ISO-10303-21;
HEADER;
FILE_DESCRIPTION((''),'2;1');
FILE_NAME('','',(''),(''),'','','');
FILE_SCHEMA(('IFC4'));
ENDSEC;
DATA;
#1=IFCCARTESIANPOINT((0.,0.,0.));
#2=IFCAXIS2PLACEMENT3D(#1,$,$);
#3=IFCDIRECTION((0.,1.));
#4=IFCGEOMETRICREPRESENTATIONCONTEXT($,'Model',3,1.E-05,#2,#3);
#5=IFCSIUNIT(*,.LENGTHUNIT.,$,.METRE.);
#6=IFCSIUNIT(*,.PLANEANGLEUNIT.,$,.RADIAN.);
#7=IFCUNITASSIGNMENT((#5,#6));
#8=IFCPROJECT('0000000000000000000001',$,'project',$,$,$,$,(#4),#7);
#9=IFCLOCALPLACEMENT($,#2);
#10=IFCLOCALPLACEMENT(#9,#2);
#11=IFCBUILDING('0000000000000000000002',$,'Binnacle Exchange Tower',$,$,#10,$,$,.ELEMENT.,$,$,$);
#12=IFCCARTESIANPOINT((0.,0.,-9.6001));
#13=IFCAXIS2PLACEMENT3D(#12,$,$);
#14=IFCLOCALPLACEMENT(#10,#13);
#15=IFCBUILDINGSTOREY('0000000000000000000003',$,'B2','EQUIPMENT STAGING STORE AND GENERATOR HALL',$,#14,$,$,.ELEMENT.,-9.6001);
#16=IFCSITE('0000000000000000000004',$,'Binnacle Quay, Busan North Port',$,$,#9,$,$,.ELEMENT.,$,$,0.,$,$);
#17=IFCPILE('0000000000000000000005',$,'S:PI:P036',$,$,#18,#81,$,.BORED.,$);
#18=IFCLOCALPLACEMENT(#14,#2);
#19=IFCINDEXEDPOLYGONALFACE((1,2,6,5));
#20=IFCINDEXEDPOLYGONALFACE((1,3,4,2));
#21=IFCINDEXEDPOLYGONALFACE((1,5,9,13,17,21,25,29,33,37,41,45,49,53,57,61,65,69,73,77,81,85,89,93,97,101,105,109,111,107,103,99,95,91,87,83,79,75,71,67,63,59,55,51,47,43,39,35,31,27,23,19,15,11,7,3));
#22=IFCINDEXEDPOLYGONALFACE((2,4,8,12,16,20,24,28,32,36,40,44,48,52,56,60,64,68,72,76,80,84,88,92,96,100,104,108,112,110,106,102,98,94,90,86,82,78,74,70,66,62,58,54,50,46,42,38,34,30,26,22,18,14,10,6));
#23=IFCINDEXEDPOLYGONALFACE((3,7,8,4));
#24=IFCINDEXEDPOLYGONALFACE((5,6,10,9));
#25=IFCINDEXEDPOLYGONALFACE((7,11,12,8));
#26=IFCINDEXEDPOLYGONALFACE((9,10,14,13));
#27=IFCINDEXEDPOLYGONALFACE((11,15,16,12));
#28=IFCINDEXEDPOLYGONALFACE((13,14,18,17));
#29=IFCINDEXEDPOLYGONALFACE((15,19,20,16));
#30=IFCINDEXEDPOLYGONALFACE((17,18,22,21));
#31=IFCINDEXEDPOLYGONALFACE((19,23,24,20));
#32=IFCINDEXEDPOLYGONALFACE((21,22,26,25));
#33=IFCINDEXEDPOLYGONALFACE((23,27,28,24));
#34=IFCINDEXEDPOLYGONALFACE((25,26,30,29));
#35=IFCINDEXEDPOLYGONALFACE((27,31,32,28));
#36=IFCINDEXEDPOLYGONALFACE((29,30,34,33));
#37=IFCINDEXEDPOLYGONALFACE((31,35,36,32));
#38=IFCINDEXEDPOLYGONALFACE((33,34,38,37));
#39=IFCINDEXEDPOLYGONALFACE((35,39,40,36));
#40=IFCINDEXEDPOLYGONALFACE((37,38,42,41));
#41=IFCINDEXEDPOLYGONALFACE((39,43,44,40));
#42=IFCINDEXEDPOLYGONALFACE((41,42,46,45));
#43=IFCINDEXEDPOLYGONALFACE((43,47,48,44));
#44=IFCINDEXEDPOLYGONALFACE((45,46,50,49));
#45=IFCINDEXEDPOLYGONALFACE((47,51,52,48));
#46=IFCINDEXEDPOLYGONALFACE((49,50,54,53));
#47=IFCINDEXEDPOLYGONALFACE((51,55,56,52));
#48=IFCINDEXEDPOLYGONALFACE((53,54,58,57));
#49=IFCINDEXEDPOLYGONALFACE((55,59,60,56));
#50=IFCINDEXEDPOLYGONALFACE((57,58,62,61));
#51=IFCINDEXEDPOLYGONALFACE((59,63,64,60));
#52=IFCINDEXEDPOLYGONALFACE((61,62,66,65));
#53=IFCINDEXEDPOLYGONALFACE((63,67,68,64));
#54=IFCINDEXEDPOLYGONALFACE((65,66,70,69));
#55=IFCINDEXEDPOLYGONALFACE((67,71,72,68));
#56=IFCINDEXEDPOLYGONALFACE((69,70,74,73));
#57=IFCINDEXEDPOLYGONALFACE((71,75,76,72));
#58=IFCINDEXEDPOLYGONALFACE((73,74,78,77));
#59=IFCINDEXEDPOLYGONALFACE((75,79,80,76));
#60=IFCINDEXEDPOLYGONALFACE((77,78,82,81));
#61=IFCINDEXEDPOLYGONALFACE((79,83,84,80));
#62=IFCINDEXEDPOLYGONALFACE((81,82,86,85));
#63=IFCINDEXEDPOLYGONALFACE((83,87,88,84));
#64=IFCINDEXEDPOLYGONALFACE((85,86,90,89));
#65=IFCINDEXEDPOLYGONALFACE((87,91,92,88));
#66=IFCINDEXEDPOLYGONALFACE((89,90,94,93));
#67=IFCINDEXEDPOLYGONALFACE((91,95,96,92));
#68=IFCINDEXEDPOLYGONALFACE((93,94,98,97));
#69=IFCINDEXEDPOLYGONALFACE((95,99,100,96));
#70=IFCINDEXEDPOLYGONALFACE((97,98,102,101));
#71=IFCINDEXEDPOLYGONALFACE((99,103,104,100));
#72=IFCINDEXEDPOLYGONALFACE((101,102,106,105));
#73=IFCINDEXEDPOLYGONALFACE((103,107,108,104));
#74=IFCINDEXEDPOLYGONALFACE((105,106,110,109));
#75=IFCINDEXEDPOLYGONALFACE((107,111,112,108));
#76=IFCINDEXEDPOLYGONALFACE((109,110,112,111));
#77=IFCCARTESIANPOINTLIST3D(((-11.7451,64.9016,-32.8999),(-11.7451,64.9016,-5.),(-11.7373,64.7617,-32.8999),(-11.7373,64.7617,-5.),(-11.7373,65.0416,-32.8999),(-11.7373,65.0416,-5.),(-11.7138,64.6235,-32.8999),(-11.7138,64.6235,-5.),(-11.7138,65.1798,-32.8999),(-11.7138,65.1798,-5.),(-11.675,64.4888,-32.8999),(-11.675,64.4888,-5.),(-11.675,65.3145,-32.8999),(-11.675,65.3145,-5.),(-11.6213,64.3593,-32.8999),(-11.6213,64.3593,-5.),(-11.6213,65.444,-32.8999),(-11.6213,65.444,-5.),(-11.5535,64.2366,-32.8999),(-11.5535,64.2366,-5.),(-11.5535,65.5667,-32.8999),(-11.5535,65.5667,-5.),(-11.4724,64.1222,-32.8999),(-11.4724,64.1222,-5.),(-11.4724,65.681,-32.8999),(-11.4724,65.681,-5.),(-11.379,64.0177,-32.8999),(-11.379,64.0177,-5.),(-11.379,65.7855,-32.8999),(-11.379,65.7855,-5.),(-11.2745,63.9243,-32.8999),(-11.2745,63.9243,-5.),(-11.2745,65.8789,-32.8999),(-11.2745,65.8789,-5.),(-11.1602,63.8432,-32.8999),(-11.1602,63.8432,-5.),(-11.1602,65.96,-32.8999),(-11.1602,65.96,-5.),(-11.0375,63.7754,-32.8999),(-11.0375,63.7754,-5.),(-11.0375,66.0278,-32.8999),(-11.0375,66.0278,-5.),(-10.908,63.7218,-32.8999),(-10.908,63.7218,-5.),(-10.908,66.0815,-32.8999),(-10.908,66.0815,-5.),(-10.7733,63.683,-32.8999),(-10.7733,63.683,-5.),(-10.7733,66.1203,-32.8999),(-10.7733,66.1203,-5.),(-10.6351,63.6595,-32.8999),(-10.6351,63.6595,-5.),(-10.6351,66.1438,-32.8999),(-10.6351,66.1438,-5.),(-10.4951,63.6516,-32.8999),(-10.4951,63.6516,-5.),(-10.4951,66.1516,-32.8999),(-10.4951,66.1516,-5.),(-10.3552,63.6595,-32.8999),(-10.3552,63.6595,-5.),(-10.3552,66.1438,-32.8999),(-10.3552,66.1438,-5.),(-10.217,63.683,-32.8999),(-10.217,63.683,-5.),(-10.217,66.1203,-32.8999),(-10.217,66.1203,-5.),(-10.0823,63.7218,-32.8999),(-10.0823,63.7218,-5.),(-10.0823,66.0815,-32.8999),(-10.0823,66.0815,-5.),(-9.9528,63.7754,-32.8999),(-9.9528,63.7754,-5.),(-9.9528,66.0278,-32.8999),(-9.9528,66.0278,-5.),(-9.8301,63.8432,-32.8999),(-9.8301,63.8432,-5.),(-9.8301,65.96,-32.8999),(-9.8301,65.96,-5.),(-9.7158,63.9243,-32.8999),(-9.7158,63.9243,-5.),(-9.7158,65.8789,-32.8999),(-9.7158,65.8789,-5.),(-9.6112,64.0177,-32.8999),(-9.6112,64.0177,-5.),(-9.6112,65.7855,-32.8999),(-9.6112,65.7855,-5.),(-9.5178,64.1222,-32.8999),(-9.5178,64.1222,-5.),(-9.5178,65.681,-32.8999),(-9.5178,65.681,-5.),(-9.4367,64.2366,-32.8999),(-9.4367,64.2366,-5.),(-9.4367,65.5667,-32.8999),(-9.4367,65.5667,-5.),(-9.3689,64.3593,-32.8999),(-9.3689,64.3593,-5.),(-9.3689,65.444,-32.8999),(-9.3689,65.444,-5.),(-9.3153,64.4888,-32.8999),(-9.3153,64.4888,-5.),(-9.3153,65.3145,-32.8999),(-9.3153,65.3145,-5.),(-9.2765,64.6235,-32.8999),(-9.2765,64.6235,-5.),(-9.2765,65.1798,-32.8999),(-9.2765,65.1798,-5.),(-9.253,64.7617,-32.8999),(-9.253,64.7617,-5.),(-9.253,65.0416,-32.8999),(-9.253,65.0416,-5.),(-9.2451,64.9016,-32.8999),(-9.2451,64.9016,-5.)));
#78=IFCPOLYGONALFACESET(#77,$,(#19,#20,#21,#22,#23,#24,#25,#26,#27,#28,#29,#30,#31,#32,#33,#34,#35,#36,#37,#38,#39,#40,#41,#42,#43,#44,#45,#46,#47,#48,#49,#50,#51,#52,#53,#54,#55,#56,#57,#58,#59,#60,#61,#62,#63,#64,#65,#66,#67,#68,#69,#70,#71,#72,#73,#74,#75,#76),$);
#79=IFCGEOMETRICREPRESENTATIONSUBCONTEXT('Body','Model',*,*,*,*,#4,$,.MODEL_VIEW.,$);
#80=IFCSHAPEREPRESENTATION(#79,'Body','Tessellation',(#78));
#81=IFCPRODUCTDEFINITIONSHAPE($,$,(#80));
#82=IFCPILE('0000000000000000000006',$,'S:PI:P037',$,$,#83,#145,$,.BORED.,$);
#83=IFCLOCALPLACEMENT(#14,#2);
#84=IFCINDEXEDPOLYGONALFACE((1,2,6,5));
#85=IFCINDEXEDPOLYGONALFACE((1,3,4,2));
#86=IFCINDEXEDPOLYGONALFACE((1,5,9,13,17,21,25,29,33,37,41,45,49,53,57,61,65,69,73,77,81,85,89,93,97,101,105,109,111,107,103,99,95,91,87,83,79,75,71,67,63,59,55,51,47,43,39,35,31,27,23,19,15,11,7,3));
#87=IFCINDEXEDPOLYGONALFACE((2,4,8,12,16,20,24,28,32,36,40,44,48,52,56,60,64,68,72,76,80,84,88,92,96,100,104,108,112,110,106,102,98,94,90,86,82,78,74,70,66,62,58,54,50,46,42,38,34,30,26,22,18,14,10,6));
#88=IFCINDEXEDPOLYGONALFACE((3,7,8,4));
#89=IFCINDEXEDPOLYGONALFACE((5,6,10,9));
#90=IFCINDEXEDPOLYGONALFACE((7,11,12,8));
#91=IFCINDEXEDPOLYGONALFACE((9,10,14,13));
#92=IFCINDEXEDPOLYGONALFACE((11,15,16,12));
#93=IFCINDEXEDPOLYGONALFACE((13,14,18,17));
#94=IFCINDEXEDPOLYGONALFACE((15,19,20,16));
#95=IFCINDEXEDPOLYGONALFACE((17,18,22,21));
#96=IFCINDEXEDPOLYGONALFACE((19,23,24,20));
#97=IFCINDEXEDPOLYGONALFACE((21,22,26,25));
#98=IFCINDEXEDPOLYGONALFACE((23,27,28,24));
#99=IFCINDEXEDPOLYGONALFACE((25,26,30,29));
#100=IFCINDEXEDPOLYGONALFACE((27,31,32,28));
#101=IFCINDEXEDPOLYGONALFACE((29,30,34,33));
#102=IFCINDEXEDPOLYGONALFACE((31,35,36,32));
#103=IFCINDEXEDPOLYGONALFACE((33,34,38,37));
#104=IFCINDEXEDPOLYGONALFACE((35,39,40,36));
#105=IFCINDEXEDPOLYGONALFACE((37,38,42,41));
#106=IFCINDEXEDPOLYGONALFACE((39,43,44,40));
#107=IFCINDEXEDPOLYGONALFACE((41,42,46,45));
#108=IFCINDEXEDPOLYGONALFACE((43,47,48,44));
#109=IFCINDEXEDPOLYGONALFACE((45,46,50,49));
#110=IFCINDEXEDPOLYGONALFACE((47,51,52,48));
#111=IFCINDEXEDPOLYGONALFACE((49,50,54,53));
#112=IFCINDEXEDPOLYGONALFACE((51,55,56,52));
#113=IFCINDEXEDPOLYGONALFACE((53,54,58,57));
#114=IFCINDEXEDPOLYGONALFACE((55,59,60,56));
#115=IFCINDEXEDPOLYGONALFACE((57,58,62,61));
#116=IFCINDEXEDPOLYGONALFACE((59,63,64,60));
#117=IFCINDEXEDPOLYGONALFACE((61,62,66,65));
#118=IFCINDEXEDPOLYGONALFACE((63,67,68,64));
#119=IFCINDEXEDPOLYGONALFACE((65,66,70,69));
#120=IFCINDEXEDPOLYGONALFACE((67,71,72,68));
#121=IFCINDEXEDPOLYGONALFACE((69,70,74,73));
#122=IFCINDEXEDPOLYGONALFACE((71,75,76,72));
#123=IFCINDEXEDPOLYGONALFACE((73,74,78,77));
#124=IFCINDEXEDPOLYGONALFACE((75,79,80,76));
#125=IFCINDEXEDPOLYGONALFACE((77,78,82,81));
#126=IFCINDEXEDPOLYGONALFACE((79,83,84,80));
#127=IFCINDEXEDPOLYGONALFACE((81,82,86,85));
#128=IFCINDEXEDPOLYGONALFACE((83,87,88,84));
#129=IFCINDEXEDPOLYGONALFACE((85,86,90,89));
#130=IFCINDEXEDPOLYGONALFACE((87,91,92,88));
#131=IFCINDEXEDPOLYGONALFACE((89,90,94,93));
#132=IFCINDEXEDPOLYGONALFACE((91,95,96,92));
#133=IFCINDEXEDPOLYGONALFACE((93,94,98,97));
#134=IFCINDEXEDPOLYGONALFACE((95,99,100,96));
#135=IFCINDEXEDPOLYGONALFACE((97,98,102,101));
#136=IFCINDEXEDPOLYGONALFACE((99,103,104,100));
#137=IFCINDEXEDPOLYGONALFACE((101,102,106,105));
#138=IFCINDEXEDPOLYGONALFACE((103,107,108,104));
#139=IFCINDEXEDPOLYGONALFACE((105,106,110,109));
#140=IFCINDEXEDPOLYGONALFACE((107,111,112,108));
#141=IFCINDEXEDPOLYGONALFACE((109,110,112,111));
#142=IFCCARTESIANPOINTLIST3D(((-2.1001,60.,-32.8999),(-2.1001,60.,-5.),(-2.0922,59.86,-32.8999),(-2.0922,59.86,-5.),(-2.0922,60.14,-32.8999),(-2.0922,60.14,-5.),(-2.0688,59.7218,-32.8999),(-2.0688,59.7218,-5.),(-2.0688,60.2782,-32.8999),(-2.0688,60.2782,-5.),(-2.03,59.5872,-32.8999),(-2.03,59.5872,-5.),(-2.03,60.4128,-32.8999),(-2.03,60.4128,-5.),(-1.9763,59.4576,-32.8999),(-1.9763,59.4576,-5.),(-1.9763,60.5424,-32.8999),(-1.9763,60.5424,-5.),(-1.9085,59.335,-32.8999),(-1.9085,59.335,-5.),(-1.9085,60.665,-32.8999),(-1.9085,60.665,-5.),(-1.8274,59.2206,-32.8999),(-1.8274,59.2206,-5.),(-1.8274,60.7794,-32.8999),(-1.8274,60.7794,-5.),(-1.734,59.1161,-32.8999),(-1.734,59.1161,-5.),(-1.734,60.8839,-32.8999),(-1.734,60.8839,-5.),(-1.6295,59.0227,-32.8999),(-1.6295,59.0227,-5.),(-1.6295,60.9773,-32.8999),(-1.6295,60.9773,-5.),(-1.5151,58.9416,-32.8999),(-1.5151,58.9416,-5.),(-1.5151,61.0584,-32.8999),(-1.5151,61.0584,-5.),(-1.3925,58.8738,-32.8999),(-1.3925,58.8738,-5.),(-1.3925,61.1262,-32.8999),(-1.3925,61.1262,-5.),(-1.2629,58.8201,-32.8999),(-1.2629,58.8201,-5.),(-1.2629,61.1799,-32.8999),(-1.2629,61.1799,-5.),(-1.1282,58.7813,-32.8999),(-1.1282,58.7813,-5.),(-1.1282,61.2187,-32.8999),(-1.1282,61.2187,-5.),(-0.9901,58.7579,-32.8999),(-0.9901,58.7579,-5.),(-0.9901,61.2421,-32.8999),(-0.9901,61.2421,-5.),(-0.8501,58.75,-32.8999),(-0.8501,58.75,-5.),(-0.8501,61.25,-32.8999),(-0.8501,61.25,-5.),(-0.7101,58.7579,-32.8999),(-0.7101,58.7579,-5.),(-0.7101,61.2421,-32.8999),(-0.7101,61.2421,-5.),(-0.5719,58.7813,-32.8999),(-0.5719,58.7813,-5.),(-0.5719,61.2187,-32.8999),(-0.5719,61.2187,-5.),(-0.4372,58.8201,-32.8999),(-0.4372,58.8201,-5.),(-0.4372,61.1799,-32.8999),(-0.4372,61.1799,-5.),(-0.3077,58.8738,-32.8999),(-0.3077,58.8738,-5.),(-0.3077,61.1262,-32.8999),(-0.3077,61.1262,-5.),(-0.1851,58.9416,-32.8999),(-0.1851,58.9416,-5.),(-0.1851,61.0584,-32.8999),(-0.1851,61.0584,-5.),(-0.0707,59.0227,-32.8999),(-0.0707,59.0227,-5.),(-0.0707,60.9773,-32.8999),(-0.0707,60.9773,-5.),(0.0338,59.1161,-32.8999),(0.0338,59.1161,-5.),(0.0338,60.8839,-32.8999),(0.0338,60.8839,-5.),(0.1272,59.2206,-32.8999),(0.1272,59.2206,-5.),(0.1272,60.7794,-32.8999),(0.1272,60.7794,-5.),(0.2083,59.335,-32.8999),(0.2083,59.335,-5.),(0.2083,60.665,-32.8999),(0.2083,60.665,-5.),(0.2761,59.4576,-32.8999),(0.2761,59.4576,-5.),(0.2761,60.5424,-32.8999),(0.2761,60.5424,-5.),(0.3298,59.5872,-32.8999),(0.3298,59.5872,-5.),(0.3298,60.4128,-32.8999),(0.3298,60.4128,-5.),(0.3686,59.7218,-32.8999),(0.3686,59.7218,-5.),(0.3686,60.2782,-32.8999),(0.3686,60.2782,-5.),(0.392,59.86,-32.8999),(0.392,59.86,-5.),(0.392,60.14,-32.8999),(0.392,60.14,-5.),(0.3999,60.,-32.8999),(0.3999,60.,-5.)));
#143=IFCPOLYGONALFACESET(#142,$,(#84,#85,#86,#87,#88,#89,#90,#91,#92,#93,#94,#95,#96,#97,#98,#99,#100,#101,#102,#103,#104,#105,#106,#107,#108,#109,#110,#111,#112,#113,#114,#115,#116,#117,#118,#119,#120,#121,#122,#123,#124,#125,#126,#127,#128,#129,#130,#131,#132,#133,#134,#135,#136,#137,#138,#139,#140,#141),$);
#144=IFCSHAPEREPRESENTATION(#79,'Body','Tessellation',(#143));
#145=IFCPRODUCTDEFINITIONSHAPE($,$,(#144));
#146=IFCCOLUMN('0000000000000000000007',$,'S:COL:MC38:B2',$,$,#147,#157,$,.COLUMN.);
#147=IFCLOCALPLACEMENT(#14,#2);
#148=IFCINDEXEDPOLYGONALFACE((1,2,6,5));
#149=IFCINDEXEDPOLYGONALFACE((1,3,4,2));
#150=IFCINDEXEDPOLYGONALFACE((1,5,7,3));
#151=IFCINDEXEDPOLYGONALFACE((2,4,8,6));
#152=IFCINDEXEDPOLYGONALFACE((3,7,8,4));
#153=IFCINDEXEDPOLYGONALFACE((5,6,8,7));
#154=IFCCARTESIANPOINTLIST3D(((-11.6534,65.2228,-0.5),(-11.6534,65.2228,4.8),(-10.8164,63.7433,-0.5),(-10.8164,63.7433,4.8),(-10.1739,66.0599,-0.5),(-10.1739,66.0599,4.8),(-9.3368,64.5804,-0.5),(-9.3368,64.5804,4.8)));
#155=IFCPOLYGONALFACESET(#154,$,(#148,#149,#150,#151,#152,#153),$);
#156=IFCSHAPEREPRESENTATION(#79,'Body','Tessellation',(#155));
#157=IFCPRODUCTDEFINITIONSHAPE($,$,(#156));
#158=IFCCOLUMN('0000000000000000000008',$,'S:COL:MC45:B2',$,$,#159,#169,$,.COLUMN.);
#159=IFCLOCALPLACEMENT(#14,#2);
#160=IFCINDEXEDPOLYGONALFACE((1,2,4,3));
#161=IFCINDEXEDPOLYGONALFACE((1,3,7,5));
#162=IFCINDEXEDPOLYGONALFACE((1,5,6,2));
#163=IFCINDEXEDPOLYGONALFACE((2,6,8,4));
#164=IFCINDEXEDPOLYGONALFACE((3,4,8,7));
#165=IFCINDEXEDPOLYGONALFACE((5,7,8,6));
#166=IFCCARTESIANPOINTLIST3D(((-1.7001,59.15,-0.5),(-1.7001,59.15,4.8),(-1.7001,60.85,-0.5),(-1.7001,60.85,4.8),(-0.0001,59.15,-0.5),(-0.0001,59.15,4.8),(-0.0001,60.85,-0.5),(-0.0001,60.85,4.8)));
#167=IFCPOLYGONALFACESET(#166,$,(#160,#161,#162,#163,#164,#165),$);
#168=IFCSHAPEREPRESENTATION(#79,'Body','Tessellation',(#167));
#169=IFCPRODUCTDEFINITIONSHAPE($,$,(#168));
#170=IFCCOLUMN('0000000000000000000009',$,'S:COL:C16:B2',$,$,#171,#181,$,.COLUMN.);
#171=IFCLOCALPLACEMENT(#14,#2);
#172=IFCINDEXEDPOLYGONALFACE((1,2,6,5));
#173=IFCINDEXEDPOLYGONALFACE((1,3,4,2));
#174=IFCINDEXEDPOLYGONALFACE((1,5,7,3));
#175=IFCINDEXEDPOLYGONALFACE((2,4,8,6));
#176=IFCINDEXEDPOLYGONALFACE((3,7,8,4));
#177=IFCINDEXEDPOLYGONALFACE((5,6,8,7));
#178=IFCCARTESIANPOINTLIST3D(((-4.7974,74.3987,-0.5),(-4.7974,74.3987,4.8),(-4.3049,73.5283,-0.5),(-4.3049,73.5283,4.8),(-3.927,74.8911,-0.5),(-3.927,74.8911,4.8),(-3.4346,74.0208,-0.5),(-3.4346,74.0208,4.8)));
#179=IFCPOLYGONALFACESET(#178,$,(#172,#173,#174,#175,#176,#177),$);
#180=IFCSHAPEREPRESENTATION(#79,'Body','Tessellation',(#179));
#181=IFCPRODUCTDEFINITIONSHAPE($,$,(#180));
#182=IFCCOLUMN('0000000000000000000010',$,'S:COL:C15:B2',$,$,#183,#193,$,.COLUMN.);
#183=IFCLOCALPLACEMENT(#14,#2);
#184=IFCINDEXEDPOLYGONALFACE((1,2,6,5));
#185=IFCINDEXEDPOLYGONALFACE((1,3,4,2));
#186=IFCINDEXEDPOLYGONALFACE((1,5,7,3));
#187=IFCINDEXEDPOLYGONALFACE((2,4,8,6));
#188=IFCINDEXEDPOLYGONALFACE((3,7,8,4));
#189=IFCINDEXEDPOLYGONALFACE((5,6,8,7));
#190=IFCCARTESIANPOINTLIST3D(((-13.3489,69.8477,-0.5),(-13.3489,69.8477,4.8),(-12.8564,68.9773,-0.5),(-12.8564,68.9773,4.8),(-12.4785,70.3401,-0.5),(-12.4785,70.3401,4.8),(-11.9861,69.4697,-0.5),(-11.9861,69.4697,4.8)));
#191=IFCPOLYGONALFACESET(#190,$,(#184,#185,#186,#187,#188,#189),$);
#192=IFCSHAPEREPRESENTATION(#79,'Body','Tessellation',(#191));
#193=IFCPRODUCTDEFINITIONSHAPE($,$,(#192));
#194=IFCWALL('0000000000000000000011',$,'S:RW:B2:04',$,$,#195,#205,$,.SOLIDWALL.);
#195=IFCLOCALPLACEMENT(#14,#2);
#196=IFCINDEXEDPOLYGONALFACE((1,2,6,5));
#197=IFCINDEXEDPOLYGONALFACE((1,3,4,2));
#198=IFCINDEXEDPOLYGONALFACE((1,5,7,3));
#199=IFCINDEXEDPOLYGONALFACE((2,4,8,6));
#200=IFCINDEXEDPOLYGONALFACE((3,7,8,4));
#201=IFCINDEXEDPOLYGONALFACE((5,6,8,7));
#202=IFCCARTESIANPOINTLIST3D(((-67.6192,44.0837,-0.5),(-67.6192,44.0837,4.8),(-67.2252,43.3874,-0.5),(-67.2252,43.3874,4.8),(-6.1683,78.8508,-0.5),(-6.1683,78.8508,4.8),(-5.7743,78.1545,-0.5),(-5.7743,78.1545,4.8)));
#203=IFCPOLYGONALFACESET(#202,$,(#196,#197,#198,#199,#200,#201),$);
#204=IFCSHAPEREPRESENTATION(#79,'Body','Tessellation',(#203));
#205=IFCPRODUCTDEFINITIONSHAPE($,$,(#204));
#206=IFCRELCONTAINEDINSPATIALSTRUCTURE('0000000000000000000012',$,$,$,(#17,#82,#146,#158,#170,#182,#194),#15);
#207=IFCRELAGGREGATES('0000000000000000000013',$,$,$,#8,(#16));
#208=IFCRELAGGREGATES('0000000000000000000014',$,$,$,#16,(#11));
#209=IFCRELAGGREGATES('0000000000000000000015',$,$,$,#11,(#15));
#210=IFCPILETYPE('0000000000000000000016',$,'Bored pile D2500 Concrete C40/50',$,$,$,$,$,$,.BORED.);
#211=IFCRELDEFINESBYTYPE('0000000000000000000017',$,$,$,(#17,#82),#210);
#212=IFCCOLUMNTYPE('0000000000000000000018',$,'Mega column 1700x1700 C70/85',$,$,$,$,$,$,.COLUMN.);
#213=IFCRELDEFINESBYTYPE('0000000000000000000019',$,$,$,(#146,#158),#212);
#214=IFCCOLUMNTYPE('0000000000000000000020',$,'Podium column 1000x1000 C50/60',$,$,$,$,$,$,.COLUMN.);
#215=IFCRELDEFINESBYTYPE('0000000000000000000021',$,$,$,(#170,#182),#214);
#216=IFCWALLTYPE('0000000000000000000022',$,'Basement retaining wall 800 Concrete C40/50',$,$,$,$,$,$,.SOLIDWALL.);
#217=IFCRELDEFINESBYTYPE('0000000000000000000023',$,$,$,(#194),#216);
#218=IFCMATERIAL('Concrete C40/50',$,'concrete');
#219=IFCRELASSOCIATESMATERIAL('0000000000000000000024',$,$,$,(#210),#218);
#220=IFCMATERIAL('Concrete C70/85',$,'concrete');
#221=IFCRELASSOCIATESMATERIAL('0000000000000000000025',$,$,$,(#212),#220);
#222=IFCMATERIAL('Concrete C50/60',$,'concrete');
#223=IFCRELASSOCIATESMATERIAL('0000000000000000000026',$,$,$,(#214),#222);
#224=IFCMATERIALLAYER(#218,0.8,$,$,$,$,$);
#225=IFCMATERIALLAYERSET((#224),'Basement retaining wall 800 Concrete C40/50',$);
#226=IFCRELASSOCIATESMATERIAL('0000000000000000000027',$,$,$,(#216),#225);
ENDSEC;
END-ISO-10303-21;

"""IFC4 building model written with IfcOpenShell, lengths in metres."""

from ifc_helpers import new_model, si_unit, direction, frame, frame_2d, origin, origin_2d, place, context, subcontext, project, spatial, rectangle, circle, extrude, material, layer, layer_set, material_profile, profile_set, type_object, element, save


model = new_model("IFC4")

# Units and contexts
model_context = context("Model", 3, precision=1e-05, world=origin(), true_north=direction((0.0, 1.0)))
body_context = subcontext(model_context, "Body", "Model", "MODEL_VIEW")
ifc_project = project(units=[si_unit("LENGTHUNIT", "METRE"), si_unit("PLANEANGLEUNIT", "RADIAN")], contexts=[model_context])

# Site, building, storey
site_placement = place(None, origin())
site = spatial("IfcSite", under=ifc_project, at=site_placement, Name="Binnacle Quay, Busan North Port", CompositionType="ELEMENT", RefElevation=0.0)
building_placement = place(site_placement, origin())
building = spatial("IfcBuilding", under=site, at=building_placement, Name="Binnacle Exchange Tower", CompositionType="ELEMENT")
storey_placement = place(building_placement, frame((0.0, 0.0, -9.6001)))
storey = spatial("IfcBuildingStorey", under=building, at=storey_placement, Name="B2", Description="EQUIPMENT STAGING STORE AND GENERATOR HALL", CompositionType="ELEMENT", Elevation=-9.6001)

# Piles
ifc_material_1 = material(Name="Concrete C40/50", Category="concrete")
ifc_material_profile_1 = material_profile(ifc_material_1, circle(Radius=1.25, at=origin_2d()), Name="Bored pile D2500")
ifc_profile_set_1 = profile_set([ifc_material_profile_1], Name="Concrete C40/50")
pile_type_1 = type_object("IfcPileType", Name="Bored pile D2500 Concrete C40/50", PredefinedType="BORED", material=ifc_profile_set_1)
for number, where, z_axis, x_axis, name in (
    (1, (-10.4951, 64.9016, -5.0), (0.0, 0.0, -1.0), (1.0, 0.0, 0.0), "S:PI:P036"),
    (2, (-0.8501, 60.0, -5.0), (0.0, 0.0, -1.0), (1.0, 0.0, 0.0), "S:PI:P037"),
):
    element("IfcPile", number, at=place(storey_placement, frame(where, z_axis=z_axis, x_axis=x_axis)), inside=storey, type_object=pile_type_1, Name=name, PredefinedType="BORED", context=body_context, shape_type="SweptSolid", body=[
        extrude(circle(Radius=1.25, at=origin_2d()), origin(), (0.0, 0.0, 1.0), 27.8999),
    ])

# Columns
ifc_material_2 = material(Name="Concrete C70/85", Category="concrete")
ifc_material_profile_2 = material_profile(ifc_material_2, rectangle(XDim=1.7, YDim=1.7, at=origin_2d()), Name="Mega column 1700x1700 C70/85")
ifc_profile_set_2 = profile_set([ifc_material_profile_2], Name="Concrete C70/85")
column_type_1 = type_object("IfcColumnType", Name="Mega column 1700x1700 C70/85", PredefinedType="COLUMN", material=ifc_profile_set_2)
for number, where, z_axis, x_axis, name in (
    (3, (-10.4951, 64.9016, -0.5), (0.0, 0.0, 1.0), (-0.870356, -0.492424, 0.0), "S:COL:MC38:B2"),
    (4, (-0.8501, 60.0, -0.5), (0.0, 0.0, 1.0), (0.0, 1.0, 0.0), "S:COL:MC45:B2"),
):
    element("IfcColumn", number, at=place(storey_placement, frame(where, z_axis=z_axis, x_axis=x_axis)), inside=storey, type_object=column_type_1, Name=name, PredefinedType="COLUMN", context=body_context, shape_type="SweptSolid", body=[
        extrude(rectangle(XDim=1.7, YDim=1.7, at=origin_2d()), origin(), (0.0, 0.0, 1.0), 5.3),
    ])
ifc_material_3 = material(Name="Concrete C50/60", Category="concrete")
ifc_material_profile_3 = material_profile(ifc_material_3, rectangle(XDim=1.0, YDim=1.0, at=origin_2d()), Name="Podium column 1000x1000 C50/60")
ifc_profile_set_3 = profile_set([ifc_material_profile_3], Name="Concrete C50/60")
column_type_2 = type_object("IfcColumnType", Name="Podium column 1000x1000 C50/60", PredefinedType="COLUMN", material=ifc_profile_set_3)
for number, where, z_axis, x_axis, name in (
    (5, (-4.116, 74.2097, -0.5), (0.0, 0.0, 1.0), (-0.870356, -0.492424, 0.0), "S:COL:C16:B2"),
    (6, (-12.6675, 69.6587, -0.5), (0.0, 0.0, 1.0), (-0.870356, -0.492424, 0.0), "S:COL:C15:B2"),
):
    element("IfcColumn", number, at=place(storey_placement, frame(where, z_axis=z_axis, x_axis=x_axis)), inside=storey, type_object=column_type_2, Name=name, PredefinedType="COLUMN", context=body_context, shape_type="SweptSolid", body=[
        extrude(rectangle(XDim=1.0, YDim=1.0, at=origin_2d()), origin(), (0.0, 0.0, 1.0), 5.3),
    ])

# Wall
ifc_layer_1 = layer(ifc_material_1, 0.8)
ifc_layer_set_1 = layer_set([ifc_layer_1], Name="Basement retaining wall 800 Concrete C40/50")
wall_type_1 = type_object("IfcWallType", Name="Basement retaining wall 800 Concrete C40/50", PredefinedType="SOLIDWALL", material=ifc_layer_set_1)
wall_1_placement = place(storey_placement, frame((-5.9712, 78.5027, -0.5), z_axis=(0.0, 0.0, 1.0), x_axis=(-0.870357, -0.492422, 0.0)))
element("IfcWall", 7, at=wall_1_placement, inside=storey, type_object=wall_type_1, Name="S:RW:B2:04", PredefinedType="SOLIDWALL", context=body_context, shape_type="SweptSolid", body=[
    extrude(rectangle(XDim=70.6042, YDim=0.8, at=frame_2d((35.3022, 0.0))), origin(), (0.0, 0.0, 1.0), 5.3),
])

save(model, "model.ifc")
